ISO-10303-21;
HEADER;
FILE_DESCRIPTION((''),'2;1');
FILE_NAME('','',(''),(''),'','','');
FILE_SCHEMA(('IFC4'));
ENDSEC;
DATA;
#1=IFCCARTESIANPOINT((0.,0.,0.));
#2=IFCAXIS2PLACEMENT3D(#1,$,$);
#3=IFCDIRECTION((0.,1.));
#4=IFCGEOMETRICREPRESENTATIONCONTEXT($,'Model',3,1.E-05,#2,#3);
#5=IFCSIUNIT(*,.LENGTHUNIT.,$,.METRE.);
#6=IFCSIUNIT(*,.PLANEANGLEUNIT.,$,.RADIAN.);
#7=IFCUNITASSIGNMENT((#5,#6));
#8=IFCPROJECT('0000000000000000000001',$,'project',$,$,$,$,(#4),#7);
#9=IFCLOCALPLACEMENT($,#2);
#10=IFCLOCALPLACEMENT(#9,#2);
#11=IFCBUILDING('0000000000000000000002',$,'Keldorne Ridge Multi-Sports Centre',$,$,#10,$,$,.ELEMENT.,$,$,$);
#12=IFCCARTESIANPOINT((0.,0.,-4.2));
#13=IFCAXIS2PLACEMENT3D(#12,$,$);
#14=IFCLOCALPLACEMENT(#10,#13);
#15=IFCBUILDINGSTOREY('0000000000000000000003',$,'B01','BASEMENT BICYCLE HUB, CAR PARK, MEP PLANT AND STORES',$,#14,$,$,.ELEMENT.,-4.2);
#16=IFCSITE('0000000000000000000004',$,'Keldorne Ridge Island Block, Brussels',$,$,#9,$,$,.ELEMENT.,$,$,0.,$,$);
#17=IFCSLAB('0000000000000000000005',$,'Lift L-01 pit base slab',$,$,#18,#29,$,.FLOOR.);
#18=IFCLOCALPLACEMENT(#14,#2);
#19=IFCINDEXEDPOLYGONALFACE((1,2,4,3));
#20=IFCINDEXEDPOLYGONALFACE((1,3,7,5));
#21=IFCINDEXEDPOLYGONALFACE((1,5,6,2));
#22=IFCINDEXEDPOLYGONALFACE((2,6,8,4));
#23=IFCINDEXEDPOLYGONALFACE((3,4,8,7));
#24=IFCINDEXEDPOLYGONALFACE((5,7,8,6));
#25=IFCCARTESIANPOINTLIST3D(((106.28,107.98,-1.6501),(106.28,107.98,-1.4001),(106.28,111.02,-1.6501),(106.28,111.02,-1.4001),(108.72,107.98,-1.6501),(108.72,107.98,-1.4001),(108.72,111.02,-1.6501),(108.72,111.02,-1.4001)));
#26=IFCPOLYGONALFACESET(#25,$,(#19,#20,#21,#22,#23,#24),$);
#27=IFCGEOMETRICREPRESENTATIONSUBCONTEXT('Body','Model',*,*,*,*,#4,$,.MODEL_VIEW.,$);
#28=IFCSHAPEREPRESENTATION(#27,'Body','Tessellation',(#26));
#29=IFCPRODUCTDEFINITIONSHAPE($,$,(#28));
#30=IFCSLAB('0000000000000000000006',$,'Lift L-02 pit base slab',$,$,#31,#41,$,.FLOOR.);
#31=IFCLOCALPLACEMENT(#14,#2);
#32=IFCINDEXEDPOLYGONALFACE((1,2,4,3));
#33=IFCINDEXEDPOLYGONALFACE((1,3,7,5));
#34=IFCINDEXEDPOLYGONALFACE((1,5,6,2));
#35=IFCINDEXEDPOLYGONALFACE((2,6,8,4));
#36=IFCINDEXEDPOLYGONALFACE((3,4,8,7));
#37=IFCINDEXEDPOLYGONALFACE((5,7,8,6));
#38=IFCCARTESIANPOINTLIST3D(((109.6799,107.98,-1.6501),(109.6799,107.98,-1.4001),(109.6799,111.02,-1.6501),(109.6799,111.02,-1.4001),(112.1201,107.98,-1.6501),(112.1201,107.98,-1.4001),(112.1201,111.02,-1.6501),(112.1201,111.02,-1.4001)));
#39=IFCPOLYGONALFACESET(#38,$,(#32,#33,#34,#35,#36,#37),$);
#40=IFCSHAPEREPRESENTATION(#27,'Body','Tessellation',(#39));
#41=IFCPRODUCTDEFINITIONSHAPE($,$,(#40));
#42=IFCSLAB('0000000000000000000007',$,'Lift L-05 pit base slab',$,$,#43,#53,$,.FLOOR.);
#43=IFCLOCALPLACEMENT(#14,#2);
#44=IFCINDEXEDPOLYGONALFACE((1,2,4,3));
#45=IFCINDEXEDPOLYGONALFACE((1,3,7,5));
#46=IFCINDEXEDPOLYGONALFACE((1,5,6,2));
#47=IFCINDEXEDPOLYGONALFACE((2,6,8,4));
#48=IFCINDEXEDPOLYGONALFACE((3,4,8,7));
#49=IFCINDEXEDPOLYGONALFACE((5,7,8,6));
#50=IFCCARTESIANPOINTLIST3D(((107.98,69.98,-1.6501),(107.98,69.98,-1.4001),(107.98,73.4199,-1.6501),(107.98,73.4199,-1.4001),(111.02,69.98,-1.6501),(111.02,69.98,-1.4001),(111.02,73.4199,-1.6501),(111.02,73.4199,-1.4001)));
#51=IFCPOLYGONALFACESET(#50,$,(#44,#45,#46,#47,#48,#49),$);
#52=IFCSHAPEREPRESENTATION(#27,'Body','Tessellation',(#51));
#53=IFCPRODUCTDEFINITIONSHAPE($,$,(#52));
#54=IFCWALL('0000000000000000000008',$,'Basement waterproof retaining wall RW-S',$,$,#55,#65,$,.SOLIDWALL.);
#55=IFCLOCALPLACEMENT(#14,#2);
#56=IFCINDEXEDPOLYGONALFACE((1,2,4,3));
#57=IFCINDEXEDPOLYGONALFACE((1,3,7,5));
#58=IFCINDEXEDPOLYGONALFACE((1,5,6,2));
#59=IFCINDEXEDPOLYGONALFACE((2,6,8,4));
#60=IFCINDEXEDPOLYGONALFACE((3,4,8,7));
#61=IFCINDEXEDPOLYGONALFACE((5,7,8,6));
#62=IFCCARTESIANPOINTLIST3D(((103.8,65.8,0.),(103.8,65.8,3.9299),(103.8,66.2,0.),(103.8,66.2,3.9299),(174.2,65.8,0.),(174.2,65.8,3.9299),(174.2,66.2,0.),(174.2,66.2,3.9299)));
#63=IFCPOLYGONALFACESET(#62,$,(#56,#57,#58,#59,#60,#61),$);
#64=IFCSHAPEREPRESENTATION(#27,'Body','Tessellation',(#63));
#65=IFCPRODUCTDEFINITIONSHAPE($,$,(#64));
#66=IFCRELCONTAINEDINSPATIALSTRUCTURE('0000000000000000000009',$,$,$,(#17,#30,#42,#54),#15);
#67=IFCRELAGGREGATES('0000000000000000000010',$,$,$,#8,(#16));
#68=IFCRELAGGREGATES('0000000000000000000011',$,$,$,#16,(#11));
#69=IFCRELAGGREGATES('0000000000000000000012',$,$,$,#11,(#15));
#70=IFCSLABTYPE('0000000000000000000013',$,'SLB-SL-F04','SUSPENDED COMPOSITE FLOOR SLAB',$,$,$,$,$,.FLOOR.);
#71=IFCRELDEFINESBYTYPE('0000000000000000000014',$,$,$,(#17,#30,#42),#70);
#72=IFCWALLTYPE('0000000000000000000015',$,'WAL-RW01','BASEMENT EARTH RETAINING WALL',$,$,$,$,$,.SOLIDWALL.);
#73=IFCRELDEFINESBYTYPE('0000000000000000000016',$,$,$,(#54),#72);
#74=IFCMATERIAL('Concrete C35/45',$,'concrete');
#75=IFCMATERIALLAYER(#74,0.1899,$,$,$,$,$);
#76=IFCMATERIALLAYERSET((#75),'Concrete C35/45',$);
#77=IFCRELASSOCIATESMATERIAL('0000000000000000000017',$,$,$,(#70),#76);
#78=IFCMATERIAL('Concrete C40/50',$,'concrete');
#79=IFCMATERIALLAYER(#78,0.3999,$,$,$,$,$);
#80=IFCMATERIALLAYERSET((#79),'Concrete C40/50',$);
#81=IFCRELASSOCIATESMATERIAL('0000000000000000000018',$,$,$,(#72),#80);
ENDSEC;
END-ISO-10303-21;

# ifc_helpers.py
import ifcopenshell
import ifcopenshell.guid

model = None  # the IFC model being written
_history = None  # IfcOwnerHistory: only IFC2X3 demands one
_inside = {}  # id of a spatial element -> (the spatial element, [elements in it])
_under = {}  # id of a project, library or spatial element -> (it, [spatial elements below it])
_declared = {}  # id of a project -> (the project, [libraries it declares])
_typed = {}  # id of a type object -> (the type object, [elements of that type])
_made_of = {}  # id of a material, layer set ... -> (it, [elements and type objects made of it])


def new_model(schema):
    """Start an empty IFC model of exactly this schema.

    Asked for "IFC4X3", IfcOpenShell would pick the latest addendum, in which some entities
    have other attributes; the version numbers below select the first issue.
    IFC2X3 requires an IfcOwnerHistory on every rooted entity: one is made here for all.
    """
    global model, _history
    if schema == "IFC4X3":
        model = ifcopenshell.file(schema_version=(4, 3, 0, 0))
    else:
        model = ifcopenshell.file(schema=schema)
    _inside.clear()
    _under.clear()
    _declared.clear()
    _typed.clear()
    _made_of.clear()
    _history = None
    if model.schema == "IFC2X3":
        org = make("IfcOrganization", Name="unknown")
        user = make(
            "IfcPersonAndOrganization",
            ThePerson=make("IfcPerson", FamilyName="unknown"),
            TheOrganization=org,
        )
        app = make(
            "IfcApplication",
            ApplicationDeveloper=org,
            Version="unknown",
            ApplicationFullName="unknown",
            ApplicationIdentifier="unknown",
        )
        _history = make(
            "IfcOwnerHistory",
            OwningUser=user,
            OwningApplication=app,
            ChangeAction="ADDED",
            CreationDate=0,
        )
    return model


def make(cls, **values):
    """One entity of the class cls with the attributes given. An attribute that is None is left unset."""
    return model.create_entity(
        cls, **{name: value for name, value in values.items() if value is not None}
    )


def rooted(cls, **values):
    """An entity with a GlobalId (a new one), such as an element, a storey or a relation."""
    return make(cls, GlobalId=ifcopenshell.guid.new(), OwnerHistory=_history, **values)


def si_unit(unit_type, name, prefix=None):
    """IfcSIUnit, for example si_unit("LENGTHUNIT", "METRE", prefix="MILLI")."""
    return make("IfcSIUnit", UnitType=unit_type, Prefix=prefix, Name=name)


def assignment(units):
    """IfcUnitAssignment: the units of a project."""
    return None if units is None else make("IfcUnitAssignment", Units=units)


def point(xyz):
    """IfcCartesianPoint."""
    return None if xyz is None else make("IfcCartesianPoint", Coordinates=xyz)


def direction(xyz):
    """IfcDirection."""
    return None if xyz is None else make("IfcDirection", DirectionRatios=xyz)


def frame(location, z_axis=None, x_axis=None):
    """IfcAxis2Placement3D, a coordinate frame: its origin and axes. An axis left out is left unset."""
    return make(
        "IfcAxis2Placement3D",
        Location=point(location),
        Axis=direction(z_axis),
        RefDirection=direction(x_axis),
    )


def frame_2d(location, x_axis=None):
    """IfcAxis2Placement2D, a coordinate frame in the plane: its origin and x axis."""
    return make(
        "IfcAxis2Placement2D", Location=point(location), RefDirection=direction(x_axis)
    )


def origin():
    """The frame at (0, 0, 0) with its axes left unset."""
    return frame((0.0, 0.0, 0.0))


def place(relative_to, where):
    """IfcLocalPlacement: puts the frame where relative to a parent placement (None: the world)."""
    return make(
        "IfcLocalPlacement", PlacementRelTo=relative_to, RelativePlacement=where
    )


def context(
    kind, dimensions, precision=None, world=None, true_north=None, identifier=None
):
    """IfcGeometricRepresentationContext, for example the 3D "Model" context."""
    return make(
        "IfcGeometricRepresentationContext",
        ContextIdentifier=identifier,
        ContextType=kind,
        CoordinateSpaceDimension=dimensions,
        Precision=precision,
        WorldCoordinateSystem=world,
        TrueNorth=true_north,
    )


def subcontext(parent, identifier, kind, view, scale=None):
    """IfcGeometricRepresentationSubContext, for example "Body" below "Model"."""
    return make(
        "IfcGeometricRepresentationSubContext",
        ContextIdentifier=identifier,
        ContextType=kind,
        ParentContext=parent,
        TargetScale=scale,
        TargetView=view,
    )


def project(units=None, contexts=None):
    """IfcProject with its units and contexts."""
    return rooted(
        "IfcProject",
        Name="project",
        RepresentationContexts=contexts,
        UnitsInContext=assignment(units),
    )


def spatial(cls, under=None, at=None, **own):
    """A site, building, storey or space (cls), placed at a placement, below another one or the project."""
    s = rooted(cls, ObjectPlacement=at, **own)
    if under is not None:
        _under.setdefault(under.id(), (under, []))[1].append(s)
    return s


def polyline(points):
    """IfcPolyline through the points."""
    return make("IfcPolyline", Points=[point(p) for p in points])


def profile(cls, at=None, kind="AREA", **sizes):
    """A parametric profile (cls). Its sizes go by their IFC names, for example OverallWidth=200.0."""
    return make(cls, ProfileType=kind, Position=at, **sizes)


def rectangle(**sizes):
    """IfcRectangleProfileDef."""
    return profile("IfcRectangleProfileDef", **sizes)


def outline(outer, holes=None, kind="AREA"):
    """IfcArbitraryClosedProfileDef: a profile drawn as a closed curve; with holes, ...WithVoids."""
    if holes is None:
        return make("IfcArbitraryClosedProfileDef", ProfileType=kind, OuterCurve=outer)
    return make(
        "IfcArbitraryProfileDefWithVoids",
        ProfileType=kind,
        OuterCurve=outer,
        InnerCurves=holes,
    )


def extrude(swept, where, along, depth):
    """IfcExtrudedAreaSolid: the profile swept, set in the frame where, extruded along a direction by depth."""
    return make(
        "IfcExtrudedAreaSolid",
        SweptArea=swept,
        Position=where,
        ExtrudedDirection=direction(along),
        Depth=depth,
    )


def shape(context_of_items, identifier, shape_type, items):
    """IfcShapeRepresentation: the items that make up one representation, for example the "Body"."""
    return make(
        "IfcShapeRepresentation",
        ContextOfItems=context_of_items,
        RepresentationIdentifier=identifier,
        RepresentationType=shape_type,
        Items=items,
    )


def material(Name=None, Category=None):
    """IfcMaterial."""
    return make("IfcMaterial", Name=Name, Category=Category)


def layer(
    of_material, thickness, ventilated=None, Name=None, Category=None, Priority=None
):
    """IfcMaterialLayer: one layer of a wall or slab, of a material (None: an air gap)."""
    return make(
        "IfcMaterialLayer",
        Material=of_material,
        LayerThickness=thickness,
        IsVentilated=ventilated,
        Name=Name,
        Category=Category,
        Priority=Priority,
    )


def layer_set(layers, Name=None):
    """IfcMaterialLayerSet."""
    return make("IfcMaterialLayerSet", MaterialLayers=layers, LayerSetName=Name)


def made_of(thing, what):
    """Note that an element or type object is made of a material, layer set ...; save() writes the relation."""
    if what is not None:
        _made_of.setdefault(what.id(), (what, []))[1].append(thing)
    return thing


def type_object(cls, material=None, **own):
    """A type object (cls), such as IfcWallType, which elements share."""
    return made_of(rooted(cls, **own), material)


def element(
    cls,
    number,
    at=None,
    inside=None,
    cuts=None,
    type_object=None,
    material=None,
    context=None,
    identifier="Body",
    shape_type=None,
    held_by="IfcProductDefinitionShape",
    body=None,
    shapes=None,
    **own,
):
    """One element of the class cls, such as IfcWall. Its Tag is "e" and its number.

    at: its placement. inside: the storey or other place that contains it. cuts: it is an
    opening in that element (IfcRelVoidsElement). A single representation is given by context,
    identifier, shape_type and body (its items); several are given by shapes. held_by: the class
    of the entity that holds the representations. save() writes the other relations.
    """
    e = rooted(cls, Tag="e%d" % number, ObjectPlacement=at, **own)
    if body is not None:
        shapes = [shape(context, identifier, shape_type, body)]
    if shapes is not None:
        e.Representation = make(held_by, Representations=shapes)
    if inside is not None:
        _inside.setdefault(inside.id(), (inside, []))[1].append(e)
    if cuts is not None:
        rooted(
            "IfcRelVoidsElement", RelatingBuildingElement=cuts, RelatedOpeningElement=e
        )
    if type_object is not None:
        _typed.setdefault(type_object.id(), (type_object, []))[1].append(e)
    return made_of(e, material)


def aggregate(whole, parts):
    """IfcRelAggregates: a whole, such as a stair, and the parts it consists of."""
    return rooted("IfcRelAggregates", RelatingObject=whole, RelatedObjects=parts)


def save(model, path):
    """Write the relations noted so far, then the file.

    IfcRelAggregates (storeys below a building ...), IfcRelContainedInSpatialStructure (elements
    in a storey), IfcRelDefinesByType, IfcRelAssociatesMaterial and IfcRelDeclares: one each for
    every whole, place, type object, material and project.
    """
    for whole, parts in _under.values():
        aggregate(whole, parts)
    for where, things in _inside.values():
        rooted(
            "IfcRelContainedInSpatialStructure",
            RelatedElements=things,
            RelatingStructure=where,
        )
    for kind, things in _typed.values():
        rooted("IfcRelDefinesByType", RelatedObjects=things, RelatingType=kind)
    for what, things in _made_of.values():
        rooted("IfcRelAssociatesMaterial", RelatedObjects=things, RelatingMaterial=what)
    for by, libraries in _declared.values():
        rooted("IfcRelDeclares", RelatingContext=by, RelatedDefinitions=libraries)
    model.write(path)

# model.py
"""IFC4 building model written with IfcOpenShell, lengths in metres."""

from ifc_helpers import new_model, si_unit, direction, frame, frame_2d, origin, place, context, subcontext, project, spatial, polyline, rectangle, outline, extrude, material, layer, layer_set, type_object, element, save


model = new_model("IFC4")

# Units and contexts
model_context = context("Model", 3, precision=1e-05, world=origin(), true_north=direction((0.0, 1.0)))
body_context = subcontext(model_context, "Body", "Model", "MODEL_VIEW")
ifc_project = project(units=[si_unit("LENGTHUNIT", "METRE"), si_unit("PLANEANGLEUNIT", "RADIAN")], contexts=[model_context])

# Site, building, storey
site_placement = place(None, origin())
site = spatial("IfcSite", under=ifc_project, at=site_placement, Name="Keldorne Ridge Island Block, Brussels", CompositionType="ELEMENT", RefElevation=0.0)
building_placement = place(site_placement, origin())
building = spatial("IfcBuilding", under=site, at=building_placement, Name="Keldorne Ridge Multi-Sports Centre", CompositionType="ELEMENT")
storey_placement = place(building_placement, frame((0.0, 0.0, -4.2)))
storey = spatial("IfcBuildingStorey", under=building, at=storey_placement, Name="B01", Description="BASEMENT BICYCLE HUB, CAR PARK, MEP PLANT AND STORES", CompositionType="ELEMENT", Elevation=-4.2)

# Shared definitions
ifc_material_1 = material(Name="Concrete C35/45", Category="concrete")

# Shared definitions
ifc_material_2 = material(Name="Concrete C40/50", Category="concrete")

# Slabs
ifc_layer_1 = layer(ifc_material_1, 0.1899)
ifc_layer_set_1 = layer_set([ifc_layer_1], Name="Concrete C35/45")
slab_type_1 = type_object("IfcSlabType", Name="SLB-SL-F04", Description="SUSPENDED COMPOSITE FLOOR SLAB", PredefinedType="FLOOR", material=ifc_layer_set_1)
slab_1_placement = place(storey_placement, frame((0.0, 0.0, -1.6501)))
element("IfcSlab", 1, at=slab_1_placement, inside=storey, type_object=slab_type_1, Name="Lift L-01 pit base slab", PredefinedType="FLOOR", context=body_context, shape_type="SweptSolid", body=[
    extrude(outline(polyline([(106.28, 107.98), (108.72, 107.98), (108.72, 111.02), (106.28, 111.02), (106.28, 107.98)])), origin(), (0.0, 0.0, 1.0), 0.25),
])
slab_2_placement = place(storey_placement, frame((0.0, 0.0, -1.6501)))
element("IfcSlab", 2, at=slab_2_placement, inside=storey, type_object=slab_type_1, Name="Lift L-02 pit base slab", PredefinedType="FLOOR", context=body_context, shape_type="SweptSolid", body=[
    extrude(outline(polyline([(109.6799, 107.98), (112.1201, 107.98), (112.1201, 111.02), (109.6799, 111.02), (109.6799, 107.98)])), origin(), (0.0, 0.0, 1.0), 0.25),
])
slab_3_placement = place(storey_placement, frame((0.0, 0.0, -1.6501)))
element("IfcSlab", 3, at=slab_3_placement, inside=storey, type_object=slab_type_1, Name="Lift L-05 pit base slab", PredefinedType="FLOOR", context=body_context, shape_type="SweptSolid", body=[
    extrude(outline(polyline([(107.98, 69.98), (111.02, 69.98), (111.02, 73.4199), (107.98, 73.4199), (107.98, 69.98)])), origin(), (0.0, 0.0, 1.0), 0.25),
])

# Wall
ifc_layer_2 = layer(ifc_material_2, 0.3999)
ifc_layer_set_2 = layer_set([ifc_layer_2], Name="Concrete C40/50")
wall_type = type_object("IfcWallType", Name="WAL-RW01", Description="BASEMENT EARTH RETAINING WALL", PredefinedType="SOLIDWALL", material=ifc_layer_set_2)
wall_placement = place(storey_placement, frame((103.8, 66.0, 0.0), z_axis=(0.0, 0.0, 1.0), x_axis=(1.0, 0.0, 0.0)))
element("IfcWall", 4, at=wall_placement, inside=storey, type_object=wall_type, Name="Basement waterproof retaining wall RW-S", PredefinedType="SOLIDWALL", context=body_context, shape_type="SweptSolid", body=[
    extrude(rectangle(XDim=70.3999, YDim=0.3999, at=frame_2d((35.2, 0.0))), origin(), (0.0, 0.0, 1.0), 3.9299),
])

save(model, "model.ifc")
